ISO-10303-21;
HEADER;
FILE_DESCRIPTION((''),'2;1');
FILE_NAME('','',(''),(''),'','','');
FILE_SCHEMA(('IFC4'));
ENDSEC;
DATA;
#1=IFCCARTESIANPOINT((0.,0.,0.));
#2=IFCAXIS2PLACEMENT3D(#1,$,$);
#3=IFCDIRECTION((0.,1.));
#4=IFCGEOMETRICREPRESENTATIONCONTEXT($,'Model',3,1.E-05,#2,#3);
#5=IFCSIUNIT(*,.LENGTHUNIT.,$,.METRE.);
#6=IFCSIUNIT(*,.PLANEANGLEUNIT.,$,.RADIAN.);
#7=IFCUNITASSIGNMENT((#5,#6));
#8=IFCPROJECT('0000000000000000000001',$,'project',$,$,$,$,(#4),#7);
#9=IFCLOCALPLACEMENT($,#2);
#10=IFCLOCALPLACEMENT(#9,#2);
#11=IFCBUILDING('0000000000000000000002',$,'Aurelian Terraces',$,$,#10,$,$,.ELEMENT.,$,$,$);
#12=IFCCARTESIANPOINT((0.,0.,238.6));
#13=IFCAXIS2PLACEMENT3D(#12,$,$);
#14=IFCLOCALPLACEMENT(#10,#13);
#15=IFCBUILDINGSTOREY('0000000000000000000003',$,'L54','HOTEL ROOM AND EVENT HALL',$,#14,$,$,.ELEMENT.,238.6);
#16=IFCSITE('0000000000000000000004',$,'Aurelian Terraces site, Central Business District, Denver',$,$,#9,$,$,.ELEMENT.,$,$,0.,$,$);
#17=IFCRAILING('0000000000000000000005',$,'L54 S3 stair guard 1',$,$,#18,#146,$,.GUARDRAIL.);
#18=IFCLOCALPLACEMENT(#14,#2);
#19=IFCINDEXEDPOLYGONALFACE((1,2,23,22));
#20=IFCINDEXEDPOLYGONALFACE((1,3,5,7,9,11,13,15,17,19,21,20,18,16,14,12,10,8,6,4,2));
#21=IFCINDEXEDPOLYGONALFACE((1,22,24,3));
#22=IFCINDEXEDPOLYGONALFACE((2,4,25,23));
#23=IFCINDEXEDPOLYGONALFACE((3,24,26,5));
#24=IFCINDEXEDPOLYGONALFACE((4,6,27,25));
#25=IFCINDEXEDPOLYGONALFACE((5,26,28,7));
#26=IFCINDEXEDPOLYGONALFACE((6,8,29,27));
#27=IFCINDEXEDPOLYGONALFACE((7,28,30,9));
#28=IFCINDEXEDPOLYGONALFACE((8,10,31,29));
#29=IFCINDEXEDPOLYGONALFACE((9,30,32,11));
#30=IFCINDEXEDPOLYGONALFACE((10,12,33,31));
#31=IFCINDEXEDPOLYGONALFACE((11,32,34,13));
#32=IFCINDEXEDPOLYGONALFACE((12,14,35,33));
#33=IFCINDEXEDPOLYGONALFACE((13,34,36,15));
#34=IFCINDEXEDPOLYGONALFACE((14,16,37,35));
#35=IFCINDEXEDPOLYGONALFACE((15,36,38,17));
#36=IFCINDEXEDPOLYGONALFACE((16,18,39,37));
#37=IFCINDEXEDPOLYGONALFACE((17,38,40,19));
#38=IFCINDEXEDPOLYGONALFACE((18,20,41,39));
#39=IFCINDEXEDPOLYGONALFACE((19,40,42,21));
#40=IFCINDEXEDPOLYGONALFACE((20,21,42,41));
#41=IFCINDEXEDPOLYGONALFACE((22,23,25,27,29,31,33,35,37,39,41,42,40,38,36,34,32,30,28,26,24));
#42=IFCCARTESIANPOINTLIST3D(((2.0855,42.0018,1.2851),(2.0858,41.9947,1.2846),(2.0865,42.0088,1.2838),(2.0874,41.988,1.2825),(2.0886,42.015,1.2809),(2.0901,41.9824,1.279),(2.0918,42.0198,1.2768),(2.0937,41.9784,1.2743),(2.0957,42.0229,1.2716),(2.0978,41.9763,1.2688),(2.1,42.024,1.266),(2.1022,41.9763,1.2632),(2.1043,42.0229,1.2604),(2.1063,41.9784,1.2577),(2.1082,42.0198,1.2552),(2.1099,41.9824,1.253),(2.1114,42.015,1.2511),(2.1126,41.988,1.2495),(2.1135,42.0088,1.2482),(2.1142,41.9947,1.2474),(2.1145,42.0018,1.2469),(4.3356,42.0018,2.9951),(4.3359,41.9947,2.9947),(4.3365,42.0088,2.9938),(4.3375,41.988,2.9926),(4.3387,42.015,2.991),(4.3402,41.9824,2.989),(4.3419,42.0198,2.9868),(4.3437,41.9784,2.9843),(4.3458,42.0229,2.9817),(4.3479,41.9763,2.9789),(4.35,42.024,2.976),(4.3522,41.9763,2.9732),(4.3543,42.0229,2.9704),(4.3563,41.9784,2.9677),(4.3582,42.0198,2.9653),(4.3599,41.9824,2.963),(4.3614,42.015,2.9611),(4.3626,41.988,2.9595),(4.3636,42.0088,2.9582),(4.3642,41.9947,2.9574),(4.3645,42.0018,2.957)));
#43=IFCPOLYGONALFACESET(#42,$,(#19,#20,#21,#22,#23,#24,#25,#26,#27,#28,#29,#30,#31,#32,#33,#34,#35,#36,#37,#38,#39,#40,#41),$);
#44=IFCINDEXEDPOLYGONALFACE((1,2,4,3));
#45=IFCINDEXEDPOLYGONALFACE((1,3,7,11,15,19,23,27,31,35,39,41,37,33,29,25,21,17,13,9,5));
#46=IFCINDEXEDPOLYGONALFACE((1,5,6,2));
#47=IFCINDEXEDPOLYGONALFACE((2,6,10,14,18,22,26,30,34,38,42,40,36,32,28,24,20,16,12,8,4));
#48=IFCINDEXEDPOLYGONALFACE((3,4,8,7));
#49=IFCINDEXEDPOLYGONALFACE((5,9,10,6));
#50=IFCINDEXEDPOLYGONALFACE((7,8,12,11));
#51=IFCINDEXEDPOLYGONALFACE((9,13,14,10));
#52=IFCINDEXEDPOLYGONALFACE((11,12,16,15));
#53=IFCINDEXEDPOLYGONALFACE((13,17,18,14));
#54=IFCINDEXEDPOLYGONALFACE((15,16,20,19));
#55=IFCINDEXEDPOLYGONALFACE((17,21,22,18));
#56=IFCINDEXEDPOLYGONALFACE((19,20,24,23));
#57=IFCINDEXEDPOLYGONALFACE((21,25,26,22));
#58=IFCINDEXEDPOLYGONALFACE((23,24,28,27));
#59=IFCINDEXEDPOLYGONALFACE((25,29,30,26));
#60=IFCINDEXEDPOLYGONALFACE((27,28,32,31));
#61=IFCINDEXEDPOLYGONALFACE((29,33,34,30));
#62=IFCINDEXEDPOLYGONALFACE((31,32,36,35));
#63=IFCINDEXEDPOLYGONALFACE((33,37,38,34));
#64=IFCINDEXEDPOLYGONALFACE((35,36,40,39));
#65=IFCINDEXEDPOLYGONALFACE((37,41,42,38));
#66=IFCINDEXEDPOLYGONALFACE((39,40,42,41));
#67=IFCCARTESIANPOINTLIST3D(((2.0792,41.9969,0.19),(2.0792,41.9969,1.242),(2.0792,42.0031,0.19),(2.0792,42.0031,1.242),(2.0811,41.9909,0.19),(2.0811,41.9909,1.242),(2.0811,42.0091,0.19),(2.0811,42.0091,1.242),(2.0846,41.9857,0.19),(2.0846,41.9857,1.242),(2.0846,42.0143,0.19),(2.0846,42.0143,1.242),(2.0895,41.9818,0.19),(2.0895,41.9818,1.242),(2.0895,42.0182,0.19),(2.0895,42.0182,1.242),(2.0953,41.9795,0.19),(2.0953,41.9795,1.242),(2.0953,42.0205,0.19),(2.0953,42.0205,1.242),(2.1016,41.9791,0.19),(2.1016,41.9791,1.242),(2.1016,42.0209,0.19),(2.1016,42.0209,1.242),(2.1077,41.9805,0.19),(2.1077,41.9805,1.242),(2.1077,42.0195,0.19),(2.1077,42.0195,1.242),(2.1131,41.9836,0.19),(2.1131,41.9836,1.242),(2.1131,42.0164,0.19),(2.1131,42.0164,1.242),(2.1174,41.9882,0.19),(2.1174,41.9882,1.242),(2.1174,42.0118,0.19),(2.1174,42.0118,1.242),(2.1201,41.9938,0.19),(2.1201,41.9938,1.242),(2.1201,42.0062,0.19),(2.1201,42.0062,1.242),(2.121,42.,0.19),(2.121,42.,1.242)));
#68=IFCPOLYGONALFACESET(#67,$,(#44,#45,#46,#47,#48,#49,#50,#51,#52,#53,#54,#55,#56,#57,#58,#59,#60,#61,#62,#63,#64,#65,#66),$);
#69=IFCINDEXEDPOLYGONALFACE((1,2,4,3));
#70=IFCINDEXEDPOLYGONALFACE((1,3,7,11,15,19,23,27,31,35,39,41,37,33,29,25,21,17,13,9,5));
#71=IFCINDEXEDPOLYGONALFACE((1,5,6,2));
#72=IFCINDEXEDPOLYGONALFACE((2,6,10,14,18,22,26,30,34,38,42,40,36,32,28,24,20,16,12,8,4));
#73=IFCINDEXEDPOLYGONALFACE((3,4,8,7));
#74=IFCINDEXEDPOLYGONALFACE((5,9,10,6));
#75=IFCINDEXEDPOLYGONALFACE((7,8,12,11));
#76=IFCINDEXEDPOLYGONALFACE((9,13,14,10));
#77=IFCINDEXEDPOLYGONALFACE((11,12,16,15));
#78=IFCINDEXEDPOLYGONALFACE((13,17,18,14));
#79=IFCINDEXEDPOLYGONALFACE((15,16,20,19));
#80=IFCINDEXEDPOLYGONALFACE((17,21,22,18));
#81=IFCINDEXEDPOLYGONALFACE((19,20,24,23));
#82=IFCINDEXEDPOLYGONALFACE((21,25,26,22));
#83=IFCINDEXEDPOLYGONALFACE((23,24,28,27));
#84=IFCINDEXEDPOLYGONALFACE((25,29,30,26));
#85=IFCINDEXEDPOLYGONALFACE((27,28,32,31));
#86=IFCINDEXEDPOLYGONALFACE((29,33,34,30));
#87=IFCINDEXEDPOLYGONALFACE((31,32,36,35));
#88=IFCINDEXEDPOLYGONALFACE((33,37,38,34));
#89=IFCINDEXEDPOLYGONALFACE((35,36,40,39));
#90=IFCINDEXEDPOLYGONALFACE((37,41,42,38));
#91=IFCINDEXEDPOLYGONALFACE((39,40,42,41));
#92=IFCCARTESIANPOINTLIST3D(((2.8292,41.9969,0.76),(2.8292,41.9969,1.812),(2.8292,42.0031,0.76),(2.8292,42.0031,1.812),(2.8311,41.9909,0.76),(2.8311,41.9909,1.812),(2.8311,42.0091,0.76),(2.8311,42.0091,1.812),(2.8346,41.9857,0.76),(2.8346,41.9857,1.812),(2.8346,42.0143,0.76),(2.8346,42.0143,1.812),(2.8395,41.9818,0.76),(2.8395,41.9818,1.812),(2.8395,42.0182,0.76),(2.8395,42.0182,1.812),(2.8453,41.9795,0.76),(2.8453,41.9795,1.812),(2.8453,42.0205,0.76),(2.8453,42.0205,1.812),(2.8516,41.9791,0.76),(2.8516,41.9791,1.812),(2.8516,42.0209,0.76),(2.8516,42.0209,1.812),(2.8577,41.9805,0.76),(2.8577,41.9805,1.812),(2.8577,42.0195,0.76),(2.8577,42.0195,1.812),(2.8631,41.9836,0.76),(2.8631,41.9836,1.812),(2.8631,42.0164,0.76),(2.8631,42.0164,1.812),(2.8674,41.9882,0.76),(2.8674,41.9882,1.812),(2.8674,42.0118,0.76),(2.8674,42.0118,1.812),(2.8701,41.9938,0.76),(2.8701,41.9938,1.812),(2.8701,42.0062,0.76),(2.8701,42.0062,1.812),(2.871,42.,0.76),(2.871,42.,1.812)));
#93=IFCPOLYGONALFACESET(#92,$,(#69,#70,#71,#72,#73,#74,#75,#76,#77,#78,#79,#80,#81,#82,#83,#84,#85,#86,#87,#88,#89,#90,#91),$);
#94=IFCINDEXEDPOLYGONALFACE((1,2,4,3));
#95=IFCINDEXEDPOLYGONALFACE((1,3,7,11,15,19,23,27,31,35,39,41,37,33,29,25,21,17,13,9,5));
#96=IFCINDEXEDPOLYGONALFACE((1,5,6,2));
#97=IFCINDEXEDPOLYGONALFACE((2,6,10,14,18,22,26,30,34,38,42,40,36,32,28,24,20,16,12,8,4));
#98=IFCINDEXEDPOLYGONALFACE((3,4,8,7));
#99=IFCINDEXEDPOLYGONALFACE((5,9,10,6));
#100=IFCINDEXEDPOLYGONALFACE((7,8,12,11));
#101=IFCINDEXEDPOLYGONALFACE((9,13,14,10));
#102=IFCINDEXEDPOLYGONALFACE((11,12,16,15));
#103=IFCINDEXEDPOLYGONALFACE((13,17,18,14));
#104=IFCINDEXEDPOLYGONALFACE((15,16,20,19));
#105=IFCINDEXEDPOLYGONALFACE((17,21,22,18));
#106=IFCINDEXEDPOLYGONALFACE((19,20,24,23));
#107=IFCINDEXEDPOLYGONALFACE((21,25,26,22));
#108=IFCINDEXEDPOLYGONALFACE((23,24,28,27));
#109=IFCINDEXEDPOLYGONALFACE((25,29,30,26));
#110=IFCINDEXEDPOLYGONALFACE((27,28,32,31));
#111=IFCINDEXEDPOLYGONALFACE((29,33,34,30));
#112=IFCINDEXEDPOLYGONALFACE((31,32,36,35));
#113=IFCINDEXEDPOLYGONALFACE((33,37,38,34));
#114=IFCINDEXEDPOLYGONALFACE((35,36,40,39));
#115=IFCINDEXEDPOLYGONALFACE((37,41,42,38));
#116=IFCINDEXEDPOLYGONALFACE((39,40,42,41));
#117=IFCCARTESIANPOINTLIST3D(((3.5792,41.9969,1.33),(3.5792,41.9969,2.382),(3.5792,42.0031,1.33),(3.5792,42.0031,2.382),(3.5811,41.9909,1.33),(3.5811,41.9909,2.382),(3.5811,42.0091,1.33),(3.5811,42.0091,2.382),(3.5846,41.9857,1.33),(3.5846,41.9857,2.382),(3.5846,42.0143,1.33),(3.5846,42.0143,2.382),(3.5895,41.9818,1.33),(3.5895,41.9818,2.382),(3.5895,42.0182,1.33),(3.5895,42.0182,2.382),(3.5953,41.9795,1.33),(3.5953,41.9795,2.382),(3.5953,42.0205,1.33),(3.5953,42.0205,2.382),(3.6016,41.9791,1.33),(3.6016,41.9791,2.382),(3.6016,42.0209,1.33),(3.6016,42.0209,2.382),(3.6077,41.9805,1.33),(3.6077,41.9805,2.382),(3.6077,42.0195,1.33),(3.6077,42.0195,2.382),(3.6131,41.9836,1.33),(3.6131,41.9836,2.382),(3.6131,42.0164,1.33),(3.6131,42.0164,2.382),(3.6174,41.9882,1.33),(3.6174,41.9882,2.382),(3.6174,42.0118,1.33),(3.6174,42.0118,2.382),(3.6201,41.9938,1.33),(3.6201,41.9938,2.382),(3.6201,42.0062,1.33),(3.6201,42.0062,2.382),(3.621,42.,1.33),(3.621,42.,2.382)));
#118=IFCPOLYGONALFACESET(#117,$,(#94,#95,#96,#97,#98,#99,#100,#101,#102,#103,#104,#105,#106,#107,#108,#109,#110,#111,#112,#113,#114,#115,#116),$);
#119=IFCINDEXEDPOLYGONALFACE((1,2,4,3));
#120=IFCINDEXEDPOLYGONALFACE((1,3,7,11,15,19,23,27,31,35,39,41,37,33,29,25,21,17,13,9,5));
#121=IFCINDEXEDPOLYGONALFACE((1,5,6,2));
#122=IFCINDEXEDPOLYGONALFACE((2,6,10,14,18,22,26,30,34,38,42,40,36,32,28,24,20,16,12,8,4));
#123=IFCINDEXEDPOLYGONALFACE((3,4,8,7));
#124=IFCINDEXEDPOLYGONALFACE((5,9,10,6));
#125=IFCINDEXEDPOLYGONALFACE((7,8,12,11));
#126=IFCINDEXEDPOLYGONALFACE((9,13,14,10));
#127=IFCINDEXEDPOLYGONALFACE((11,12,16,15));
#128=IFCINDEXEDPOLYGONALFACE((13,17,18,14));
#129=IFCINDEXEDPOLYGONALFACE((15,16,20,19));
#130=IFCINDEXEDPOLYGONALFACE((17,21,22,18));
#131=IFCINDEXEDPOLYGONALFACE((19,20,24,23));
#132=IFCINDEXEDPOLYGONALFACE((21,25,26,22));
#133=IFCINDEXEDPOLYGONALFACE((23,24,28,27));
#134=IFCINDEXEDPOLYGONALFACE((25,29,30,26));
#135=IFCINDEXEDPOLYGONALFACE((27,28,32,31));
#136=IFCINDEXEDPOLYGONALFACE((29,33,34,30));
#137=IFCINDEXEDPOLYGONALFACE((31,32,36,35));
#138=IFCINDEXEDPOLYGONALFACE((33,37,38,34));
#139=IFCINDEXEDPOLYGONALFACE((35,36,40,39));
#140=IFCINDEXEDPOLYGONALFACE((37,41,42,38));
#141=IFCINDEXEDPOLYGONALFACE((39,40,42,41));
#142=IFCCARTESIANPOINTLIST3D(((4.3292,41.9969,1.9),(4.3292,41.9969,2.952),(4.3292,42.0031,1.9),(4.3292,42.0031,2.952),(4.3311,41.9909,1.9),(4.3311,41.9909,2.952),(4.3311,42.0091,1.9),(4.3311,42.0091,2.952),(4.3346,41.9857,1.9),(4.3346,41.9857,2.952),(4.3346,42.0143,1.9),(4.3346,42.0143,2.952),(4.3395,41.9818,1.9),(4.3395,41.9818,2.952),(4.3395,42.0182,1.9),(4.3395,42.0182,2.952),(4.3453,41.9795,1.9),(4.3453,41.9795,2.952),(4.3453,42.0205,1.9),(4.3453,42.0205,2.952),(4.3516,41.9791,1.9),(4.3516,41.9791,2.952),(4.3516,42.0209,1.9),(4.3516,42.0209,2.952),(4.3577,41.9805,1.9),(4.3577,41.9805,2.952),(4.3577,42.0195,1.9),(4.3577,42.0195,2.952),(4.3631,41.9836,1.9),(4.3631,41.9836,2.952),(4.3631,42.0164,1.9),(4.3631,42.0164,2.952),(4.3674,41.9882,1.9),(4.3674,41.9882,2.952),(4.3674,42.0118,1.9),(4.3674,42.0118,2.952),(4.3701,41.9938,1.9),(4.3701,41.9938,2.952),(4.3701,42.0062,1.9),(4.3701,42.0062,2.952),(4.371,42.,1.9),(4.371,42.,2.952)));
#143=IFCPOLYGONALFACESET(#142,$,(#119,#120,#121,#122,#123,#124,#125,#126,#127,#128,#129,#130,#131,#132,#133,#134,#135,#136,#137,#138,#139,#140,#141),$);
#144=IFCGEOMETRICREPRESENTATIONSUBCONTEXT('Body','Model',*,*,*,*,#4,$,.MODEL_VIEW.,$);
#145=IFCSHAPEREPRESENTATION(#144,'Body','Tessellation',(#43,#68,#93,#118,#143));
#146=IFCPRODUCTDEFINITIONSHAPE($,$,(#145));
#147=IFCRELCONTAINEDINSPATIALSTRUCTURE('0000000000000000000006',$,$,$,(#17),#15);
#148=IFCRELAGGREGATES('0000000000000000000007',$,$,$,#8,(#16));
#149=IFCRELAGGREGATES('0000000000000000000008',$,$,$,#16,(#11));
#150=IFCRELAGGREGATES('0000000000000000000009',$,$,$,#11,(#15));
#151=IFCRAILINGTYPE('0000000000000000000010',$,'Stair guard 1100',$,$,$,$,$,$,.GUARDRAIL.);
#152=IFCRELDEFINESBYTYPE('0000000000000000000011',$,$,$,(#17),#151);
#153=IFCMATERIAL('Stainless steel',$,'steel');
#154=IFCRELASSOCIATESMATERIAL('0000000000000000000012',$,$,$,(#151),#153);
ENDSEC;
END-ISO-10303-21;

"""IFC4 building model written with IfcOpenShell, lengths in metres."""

from ifc_helpers import new_model, si_unit, direction, frame, origin, origin_2d, place, context, subcontext, project, spatial, circle, extrude, source, transform, mapped, material, type_object, element, save


model = new_model("IFC4")

# Units and contexts
model_context = context("Model", 3, precision=1e-05, world=origin(), true_north=direction((0.0, 1.0)))
body_context = subcontext(model_context, "Body", "Model", "MODEL_VIEW")
ifc_project = project(units=[si_unit("LENGTHUNIT", "METRE"), si_unit("PLANEANGLEUNIT", "RADIAN")], contexts=[model_context])

# Site, building, storey
site_placement = place(None, origin())
site = spatial("IfcSite", under=ifc_project, at=site_placement, Name="Aurelian Terraces site, Central Business District, Denver", CompositionType="ELEMENT", RefElevation=0.0)
building_placement = place(site_placement, origin())
building = spatial("IfcBuilding", under=site, at=building_placement, Name="Aurelian Terraces", CompositionType="ELEMENT")
storey_placement = place(building_placement, frame((0.0, 0.0, 238.6)))
storey = spatial("IfcBuildingStorey", under=building, at=storey_placement, Name="L54", Description="HOTEL ROOM AND EVENT HALL", CompositionType="ELEMENT", Elevation=238.6)

# Railing
ifc_material_1 = material(Name="Stainless steel", Category="steel")
railing_type_1 = type_object("IfcRailingType", Name="Stair guard 1100", PredefinedType="GUARDRAIL", material=ifc_material_1)
shared_shape_1 = source(origin(), body_context, "Body", "SweptSolid", [
    extrude(circle(Radius=0.024, at=origin_2d()), frame((0.0, 0.0, 1.076), z_axis=(0.796162, 0.0, 0.605083), x_axis=(0.0, 1.0, 0.0)), (0.0, 0.0, 1.0), 2.8261),
    extrude(circle(Radius=0.021, at=origin_2d()), origin(), (0.0, 0.0, 1.0), 1.052),
    extrude(circle(Radius=0.021, at=origin_2d()), frame((0.75, 0.0, 0.57)), (0.0, 0.0, 1.0), 1.052),
    extrude(circle(Radius=0.021, at=origin_2d()), frame((1.5, 0.0, 1.14)), (0.0, 0.0, 1.0), 1.052),
    extrude(circle(Radius=0.021, at=origin_2d()), frame((2.25, 0.0, 1.71)), (0.0, 0.0, 1.0), 1.052),
])
railing_1_placement = place(storey_placement, frame((2.1, 42.0, 0.19)))
element("IfcRailing", 1, at=railing_1_placement, inside=storey, type_object=railing_type_1, Name="L54 S3 stair guard 1", PredefinedType="GUARDRAIL", context=body_context, shape_type="MappedRepresentation", body=[
    mapped(shared_shape_1, transform((0.0, 0.0, 0.0), scale=1.0)),
])

save(model, "model.ifc")
